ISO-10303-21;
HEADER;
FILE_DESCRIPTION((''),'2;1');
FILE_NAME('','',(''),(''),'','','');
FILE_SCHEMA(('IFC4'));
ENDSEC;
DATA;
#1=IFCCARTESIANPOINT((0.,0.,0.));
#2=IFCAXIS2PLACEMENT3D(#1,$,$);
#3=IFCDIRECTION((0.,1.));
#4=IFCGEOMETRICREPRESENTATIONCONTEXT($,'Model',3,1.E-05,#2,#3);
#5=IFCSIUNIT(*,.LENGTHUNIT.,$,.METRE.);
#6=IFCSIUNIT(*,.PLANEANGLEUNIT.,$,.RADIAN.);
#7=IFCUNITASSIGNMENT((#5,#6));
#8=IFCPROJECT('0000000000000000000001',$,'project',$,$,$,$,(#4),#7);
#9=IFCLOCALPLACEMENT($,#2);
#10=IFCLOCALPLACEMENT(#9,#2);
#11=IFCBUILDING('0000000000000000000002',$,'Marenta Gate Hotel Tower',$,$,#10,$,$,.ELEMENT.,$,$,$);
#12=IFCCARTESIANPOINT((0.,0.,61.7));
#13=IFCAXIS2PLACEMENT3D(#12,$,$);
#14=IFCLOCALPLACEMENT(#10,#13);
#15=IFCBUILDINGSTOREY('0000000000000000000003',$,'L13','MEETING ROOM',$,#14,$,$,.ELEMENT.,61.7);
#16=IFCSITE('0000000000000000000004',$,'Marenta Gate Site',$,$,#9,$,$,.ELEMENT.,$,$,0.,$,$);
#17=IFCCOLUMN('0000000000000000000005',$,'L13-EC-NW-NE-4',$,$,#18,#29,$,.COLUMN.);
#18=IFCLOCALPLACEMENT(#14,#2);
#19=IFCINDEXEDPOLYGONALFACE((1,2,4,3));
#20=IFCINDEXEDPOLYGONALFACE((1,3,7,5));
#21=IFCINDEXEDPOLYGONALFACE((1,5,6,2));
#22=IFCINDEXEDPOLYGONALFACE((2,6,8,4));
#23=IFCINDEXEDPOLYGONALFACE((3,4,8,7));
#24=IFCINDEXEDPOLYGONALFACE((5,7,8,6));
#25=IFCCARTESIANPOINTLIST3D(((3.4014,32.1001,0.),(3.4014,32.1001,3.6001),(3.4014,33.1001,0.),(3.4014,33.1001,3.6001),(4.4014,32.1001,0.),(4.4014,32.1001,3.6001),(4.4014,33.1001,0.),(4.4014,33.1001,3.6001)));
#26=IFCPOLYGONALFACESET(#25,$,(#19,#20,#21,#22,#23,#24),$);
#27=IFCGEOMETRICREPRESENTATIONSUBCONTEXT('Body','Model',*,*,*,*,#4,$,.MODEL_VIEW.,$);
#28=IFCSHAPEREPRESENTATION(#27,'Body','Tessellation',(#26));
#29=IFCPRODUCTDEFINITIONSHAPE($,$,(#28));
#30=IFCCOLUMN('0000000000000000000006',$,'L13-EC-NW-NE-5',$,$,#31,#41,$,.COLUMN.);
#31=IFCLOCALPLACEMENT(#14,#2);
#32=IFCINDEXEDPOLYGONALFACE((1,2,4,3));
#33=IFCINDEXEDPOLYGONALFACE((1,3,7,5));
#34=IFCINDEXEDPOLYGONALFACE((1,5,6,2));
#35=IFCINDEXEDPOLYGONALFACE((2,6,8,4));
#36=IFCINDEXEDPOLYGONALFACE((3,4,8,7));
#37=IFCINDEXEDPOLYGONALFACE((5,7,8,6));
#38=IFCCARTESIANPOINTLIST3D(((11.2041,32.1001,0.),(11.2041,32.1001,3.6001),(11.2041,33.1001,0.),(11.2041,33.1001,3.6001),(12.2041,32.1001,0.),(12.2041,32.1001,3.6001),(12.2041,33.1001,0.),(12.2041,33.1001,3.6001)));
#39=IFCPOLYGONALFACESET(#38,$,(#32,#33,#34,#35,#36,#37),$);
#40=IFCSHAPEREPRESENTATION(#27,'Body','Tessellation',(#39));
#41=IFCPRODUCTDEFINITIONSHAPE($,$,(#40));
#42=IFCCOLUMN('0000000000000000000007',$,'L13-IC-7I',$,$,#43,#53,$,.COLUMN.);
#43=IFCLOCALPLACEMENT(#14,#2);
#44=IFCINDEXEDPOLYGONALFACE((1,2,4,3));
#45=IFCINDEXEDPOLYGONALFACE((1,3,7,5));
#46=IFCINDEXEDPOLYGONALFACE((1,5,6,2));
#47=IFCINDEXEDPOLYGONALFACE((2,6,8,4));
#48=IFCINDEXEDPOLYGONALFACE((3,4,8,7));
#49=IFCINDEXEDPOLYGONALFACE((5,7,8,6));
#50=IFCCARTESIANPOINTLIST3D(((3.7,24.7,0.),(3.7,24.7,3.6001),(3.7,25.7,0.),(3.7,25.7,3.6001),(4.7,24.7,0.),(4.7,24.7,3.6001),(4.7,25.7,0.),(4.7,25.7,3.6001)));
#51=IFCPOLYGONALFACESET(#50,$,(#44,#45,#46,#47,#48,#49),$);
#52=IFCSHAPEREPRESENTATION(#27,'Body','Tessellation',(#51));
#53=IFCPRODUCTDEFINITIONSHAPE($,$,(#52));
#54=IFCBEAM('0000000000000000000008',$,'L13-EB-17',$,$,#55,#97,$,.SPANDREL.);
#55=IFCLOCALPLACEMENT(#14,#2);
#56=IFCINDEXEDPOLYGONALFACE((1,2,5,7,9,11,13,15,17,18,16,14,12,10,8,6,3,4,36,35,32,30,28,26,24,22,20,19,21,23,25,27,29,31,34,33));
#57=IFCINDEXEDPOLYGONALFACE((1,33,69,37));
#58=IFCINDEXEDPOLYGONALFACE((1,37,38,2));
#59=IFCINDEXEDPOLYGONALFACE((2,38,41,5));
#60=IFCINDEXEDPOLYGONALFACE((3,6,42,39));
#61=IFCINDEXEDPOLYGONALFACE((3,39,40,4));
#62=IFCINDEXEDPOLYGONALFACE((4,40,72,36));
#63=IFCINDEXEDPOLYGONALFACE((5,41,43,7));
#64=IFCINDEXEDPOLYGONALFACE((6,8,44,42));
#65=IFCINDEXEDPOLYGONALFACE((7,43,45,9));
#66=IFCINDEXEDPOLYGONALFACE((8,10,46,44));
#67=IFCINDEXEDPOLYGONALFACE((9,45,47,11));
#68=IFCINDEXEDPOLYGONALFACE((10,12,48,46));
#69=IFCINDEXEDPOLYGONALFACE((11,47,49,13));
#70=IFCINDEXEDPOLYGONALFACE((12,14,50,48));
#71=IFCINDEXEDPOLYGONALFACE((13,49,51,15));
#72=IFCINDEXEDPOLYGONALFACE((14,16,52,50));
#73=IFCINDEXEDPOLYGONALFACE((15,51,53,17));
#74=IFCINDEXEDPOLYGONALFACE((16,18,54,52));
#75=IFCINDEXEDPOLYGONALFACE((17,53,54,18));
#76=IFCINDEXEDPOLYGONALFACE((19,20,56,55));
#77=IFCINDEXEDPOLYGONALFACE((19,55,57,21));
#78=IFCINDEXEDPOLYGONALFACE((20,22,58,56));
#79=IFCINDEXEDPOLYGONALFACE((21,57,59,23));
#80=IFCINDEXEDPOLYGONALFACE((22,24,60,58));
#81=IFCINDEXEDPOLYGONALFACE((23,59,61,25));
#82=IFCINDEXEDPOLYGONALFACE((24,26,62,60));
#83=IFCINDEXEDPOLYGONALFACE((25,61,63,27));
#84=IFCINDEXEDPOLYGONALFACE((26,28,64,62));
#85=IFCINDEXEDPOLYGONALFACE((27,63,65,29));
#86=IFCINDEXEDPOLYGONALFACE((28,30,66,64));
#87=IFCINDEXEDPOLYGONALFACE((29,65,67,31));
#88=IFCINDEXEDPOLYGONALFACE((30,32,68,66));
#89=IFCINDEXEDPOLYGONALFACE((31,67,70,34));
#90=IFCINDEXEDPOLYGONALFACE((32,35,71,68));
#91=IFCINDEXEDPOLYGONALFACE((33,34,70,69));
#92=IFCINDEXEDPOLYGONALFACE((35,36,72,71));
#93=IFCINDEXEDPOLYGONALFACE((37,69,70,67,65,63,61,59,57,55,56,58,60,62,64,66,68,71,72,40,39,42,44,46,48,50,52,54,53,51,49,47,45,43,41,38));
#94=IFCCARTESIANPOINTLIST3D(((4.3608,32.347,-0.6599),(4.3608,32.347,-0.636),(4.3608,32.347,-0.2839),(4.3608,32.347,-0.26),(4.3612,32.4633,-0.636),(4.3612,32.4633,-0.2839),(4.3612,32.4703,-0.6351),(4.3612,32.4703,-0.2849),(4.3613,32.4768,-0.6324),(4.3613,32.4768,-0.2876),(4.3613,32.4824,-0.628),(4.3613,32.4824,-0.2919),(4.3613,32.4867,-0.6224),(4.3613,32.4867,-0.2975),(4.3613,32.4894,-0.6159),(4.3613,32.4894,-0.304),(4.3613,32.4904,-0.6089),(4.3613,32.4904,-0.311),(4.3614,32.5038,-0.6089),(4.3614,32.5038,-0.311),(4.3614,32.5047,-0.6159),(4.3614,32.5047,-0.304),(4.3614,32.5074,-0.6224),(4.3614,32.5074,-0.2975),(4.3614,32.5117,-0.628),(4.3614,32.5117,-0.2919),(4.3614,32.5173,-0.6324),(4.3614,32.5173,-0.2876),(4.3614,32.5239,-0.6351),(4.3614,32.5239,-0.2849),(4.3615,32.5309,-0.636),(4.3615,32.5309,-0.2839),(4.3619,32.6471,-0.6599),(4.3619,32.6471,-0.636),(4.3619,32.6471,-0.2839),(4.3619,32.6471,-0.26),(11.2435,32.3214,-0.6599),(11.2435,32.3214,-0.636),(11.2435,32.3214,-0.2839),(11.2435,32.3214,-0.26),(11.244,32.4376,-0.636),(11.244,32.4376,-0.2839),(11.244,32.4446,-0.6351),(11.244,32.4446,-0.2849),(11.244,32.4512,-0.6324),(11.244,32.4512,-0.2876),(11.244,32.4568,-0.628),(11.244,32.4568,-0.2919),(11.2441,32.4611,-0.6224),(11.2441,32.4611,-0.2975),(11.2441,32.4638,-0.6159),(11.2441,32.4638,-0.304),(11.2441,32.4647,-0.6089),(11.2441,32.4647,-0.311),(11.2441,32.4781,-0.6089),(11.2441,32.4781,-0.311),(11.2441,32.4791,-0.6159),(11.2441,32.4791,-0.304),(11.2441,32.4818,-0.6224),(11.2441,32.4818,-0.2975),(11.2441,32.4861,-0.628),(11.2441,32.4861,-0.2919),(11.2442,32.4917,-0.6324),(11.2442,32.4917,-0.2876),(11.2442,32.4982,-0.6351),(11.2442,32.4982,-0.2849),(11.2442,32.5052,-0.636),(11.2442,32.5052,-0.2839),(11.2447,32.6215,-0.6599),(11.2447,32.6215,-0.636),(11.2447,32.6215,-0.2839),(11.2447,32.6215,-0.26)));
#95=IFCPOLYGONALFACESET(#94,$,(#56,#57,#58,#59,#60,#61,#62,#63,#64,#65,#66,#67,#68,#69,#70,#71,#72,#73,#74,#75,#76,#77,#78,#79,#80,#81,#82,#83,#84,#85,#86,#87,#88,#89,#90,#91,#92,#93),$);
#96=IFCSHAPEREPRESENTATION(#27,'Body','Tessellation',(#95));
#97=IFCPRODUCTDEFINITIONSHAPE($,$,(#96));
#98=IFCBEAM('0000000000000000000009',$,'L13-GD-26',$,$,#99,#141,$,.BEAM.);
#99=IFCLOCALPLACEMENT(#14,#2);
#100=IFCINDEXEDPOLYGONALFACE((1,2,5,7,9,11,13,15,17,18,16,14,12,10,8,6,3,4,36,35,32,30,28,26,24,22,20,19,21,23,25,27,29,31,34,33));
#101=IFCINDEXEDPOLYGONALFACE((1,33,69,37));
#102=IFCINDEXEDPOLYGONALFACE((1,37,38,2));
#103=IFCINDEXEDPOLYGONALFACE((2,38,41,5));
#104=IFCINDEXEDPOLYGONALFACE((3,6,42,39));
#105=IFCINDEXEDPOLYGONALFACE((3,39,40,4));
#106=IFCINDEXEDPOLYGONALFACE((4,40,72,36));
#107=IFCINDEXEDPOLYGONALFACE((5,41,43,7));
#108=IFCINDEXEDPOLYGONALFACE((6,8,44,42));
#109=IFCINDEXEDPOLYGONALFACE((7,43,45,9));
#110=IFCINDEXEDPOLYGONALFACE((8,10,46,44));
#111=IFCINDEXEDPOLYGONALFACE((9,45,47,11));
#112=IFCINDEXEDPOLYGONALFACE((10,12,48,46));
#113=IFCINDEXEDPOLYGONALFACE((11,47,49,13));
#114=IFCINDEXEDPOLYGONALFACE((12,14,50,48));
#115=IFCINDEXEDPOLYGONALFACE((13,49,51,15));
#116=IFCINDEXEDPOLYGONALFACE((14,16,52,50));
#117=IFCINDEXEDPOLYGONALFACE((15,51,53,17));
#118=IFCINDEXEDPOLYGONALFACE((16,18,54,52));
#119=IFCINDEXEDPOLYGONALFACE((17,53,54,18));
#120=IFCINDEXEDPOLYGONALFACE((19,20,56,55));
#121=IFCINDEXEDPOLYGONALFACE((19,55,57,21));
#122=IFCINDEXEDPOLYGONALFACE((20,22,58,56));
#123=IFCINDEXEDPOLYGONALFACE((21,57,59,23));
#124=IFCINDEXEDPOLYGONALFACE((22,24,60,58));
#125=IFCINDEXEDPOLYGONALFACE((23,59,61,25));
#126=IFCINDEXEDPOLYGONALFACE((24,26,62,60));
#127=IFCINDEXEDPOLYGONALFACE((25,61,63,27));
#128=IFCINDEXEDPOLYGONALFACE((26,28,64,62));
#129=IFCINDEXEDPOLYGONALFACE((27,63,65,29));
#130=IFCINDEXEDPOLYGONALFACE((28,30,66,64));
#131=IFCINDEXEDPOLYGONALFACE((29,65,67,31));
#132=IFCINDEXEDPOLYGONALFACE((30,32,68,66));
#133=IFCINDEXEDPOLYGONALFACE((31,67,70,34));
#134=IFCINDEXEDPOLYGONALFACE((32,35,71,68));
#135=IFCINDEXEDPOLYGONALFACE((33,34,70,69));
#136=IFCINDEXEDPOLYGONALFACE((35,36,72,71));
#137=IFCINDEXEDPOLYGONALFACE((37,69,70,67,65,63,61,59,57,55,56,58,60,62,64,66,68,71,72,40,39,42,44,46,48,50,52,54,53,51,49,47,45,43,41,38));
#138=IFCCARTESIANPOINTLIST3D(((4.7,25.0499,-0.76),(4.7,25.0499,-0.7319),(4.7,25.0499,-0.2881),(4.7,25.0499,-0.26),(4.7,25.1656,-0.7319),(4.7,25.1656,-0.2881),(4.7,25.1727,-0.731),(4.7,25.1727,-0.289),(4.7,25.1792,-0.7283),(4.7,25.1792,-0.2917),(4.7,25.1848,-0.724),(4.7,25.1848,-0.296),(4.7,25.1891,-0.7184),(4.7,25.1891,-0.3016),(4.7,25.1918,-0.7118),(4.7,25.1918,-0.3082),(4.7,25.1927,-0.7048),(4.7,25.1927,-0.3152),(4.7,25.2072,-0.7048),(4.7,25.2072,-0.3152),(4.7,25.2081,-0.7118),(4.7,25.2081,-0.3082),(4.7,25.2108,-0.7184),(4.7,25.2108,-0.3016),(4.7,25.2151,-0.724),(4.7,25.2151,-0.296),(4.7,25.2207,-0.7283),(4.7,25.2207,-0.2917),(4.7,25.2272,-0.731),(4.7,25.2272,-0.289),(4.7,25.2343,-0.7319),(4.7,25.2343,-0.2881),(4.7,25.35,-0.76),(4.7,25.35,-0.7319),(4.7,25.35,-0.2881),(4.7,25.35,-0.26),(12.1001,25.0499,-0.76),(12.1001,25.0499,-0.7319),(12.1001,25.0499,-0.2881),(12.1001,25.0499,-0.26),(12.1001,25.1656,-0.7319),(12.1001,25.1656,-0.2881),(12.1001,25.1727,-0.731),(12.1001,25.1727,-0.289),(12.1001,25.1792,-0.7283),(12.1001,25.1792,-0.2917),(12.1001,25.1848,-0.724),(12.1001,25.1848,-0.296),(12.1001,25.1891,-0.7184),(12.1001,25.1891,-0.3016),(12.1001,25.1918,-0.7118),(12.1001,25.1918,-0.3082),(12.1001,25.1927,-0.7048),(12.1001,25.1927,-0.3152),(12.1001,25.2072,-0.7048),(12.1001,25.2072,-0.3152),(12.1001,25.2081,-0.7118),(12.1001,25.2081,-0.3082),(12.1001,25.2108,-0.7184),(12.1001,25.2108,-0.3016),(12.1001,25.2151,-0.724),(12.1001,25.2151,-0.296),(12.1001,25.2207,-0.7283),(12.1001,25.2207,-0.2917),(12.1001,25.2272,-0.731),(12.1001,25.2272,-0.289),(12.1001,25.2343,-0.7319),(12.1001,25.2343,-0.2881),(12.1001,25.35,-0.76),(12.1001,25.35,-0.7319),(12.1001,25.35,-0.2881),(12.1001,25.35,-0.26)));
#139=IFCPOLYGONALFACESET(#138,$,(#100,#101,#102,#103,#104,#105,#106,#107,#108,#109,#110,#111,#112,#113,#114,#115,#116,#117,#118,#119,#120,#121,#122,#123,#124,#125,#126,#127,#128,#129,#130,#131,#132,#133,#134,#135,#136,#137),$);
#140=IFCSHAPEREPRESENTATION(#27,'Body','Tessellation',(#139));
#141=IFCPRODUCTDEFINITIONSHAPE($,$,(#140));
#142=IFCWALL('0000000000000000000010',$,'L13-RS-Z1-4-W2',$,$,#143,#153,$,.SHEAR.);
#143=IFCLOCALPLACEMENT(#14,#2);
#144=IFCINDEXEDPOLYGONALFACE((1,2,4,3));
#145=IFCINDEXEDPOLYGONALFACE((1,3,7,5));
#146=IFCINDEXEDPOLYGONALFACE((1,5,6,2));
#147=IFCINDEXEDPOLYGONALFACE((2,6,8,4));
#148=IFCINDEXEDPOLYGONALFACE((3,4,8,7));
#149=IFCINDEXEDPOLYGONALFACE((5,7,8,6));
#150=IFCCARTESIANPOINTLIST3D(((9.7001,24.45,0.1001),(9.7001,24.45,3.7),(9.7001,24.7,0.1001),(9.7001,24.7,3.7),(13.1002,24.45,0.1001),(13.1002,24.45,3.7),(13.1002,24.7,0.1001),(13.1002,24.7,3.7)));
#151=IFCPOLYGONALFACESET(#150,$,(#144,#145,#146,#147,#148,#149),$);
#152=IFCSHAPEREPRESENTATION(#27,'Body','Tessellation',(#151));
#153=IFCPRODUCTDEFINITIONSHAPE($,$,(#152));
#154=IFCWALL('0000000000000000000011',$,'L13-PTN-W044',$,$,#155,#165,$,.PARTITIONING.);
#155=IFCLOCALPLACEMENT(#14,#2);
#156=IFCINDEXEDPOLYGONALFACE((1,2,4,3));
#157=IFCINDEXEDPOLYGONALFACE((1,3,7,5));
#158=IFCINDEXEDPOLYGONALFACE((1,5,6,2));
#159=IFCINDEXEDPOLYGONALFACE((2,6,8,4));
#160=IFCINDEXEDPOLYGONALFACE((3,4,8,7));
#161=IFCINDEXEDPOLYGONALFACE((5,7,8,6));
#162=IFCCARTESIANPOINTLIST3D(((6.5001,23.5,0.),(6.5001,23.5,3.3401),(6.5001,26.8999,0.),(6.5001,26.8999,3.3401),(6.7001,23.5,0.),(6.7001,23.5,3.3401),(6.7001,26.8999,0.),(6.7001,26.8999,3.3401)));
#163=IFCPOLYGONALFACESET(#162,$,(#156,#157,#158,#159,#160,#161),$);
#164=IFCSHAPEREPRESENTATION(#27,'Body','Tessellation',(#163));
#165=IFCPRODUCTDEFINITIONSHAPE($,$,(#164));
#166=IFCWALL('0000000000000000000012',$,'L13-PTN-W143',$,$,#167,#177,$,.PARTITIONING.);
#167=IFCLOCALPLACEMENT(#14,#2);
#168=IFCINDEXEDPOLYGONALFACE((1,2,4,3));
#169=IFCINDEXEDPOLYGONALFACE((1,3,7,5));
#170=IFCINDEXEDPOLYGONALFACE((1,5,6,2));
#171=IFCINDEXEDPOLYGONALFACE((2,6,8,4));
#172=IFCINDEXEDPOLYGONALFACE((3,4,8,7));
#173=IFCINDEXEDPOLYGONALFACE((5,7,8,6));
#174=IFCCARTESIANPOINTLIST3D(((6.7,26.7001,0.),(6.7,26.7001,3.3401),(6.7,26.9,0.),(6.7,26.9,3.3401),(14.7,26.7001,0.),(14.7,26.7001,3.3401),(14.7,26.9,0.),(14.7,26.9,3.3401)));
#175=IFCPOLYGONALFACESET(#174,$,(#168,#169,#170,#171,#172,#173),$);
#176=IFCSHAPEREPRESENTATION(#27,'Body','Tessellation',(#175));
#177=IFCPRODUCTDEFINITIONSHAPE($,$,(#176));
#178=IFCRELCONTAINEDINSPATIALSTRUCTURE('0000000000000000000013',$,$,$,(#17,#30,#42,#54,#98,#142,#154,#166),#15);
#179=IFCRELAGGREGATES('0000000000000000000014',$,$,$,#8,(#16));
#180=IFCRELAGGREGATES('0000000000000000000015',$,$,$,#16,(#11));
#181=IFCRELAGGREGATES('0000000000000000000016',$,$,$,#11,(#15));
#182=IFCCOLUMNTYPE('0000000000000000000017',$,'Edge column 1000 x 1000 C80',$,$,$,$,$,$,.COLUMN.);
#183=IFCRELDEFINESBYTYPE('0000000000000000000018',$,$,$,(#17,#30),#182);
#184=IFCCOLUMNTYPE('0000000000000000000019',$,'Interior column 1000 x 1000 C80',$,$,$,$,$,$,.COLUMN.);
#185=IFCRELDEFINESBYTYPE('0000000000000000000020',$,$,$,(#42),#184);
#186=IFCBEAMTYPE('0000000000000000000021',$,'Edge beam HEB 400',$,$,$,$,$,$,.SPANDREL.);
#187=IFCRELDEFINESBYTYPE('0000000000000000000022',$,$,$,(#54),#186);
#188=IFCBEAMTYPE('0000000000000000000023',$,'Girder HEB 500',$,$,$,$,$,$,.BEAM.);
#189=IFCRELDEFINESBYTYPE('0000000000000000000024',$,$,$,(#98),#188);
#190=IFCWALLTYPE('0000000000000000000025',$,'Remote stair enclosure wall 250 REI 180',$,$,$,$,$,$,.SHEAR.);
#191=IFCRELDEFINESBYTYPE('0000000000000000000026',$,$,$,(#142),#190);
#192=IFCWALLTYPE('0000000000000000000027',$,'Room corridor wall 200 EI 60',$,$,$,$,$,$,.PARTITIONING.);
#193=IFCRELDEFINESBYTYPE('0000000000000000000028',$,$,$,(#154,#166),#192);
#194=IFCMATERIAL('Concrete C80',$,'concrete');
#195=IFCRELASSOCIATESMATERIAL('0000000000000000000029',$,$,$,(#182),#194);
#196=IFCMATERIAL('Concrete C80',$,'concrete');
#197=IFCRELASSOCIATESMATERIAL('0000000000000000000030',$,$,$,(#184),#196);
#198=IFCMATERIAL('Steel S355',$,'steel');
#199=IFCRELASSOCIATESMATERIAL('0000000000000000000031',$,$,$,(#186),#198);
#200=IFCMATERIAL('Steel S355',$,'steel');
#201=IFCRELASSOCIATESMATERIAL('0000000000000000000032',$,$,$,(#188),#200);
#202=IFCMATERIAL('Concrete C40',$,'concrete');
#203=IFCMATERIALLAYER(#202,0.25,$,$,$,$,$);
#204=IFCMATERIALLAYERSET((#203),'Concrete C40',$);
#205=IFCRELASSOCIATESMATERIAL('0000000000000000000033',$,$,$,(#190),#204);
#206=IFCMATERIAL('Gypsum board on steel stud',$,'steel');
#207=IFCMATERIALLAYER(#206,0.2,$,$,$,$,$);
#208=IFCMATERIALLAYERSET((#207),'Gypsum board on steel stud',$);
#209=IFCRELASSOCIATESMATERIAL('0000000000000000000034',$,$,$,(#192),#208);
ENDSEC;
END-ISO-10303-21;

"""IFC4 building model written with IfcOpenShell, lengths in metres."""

from ifc_helpers import new_model, si_unit, direction, frame, frame_2d, origin, origin_2d, place, context, subcontext, project, spatial, rectangle, i_section, extrude, material, layer, layer_set, material_profile, profile_set, type_object, element, save


model = new_model("IFC4")

# Units and contexts
model_context = context("Model", 3, precision=1e-05, world=origin(), true_north=direction((0.0, 1.0)))
body_context = subcontext(model_context, "Body", "Model", "MODEL_VIEW")
ifc_project = project(units=[si_unit("LENGTHUNIT", "METRE"), si_unit("PLANEANGLEUNIT", "RADIAN")], contexts=[model_context])

# Site, building, storey
site_placement = place(None, origin())
site = spatial("IfcSite", under=ifc_project, at=site_placement, Name="Marenta Gate Site", CompositionType="ELEMENT", RefElevation=0.0)
building_placement = place(site_placement, origin())
building = spatial("IfcBuilding", under=site, at=building_placement, Name="Marenta Gate Hotel Tower", CompositionType="ELEMENT")
storey_placement = place(building_placement, frame((0.0, 0.0, 61.7)))
storey = spatial("IfcBuildingStorey", under=building, at=storey_placement, Name="L13", Description="MEETING ROOM", CompositionType="ELEMENT", Elevation=61.7)

# Columns
ifc_material_1 = material(Name="Concrete C80", Category="concrete")
ifc_material_profile_1 = material_profile(ifc_material_1, rectangle(XDim=1.0, YDim=1.0, at=origin_2d()), Name="1000 x 1000")
ifc_profile_set_1 = profile_set([ifc_material_profile_1], Name="Concrete C80")
column_type_1 = type_object("IfcColumnType", Name="Edge column 1000 x 1000 C80", PredefinedType="COLUMN", material=ifc_profile_set_1)
for number, where, z_axis, x_axis, name in (
    (1, (3.9014, 32.6001, 0.0), (0.0, 0.0, 1.0), (1.0, 0.0, 0.0), "L13-EC-NW-NE-4"),
    (2, (11.7041, 32.6001, 0.0), (0.0, 0.0, 1.0), (1.0, 0.0, 0.0), "L13-EC-NW-NE-5"),
):
    element("IfcColumn", number, at=place(storey_placement, frame(where, z_axis=z_axis, x_axis=x_axis)), inside=storey, type_object=column_type_1, Name=name, PredefinedType="COLUMN", context=body_context, shape_type="SweptSolid", body=[
        extrude(rectangle(XDim=1.0, YDim=1.0, at=origin_2d()), origin(), (0.0, 0.0, 1.0), 3.6001),
    ])
ifc_material_2 = material(Name="Concrete C80", Category="concrete")
ifc_material_profile_2 = material_profile(ifc_material_2, rectangle(XDim=1.0, YDim=1.0, at=origin_2d()), Name="1000 x 1000")
ifc_profile_set_2 = profile_set([ifc_material_profile_2], Name="Concrete C80")
column_type_2 = type_object("IfcColumnType", Name="Interior column 1000 x 1000 C80", PredefinedType="COLUMN", material=ifc_profile_set_2)
column_placement = place(storey_placement, frame((4.2, 25.2, 0.0), z_axis=(0.0, 0.0, 1.0), x_axis=(1.0, 0.0, 0.0)))
element("IfcColumn", 3, at=column_placement, inside=storey, type_object=column_type_2, Name="L13-IC-7I", PredefinedType="COLUMN", context=body_context, shape_type="SweptSolid", body=[
    extrude(rectangle(XDim=1.0, YDim=1.0, at=origin_2d()), origin(), (0.0, 0.0, 1.0), 3.6001),
])

# Beams
ifc_material_3 = material(Name="Steel S355", Category="steel")
ifc_material_profile_3 = material_profile(ifc_material_3, i_section(OverallWidth=0.3, OverallDepth=0.3999, WebThickness=0.0134, FlangeThickness=0.0239, FilletRadius=0.0271, at=origin_2d()), Name="HEB 400")
ifc_profile_set_3 = profile_set([ifc_material_profile_3], Name="Steel S355")
beam_type_1 = type_object("IfcBeamType", Name="Edge beam HEB 400", PredefinedType="SPANDREL", material=ifc_profile_set_3)
beam_1_placement = place(storey_placement, frame((4.3613, 32.4971, -0.46), z_axis=(0.999993, -0.003724, 0.0), x_axis=(0.003724, 0.999993, 0.0)))
element("IfcBeam", 4, at=beam_1_placement, inside=storey, type_object=beam_type_1, Name="L13-EB-17", PredefinedType="SPANDREL", context=body_context, shape_type="SweptSolid", body=[
    extrude(i_section(OverallWidth=0.3, OverallDepth=0.3999, WebThickness=0.0134, FlangeThickness=0.0239, FilletRadius=0.0271, at=origin_2d()), origin(), (0.0, 0.0, 1.0), 6.8828),
])
ifc_material_4 = material(Name="Steel S355", Category="steel")
ifc_material_profile_4 = material_profile(ifc_material_4, i_section(OverallWidth=0.3, OverallDepth=0.5, WebThickness=0.0144, FlangeThickness=0.0281, FilletRadius=0.0271, at=origin_2d()), Name="HEB 500")
ifc_profile_set_4 = profile_set([ifc_material_profile_4], Name="Steel S355")
beam_type_2 = type_object("IfcBeamType", Name="Girder HEB 500", PredefinedType="BEAM", material=ifc_profile_set_4)
beam_2_placement = place(storey_placement, frame((4.7, 25.2, -0.51), z_axis=(1.0, 0.0, 0.0), x_axis=(0.0, 1.0, 0.0)))
element("IfcBeam", 5, at=beam_2_placement, inside=storey, type_object=beam_type_2, Name="L13-GD-26", PredefinedType="BEAM", context=body_context, shape_type="SweptSolid", body=[
    extrude(i_section(OverallWidth=0.3, OverallDepth=0.5, WebThickness=0.0144, FlangeThickness=0.0281, FilletRadius=0.0271, at=origin_2d()), origin(), (0.0, 0.0, 1.0), 7.4001),
])

# Walls
ifc_material_5 = material(Name="Concrete C40", Category="concrete")
ifc_layer_1 = layer(ifc_material_5, 0.25)
ifc_layer_set_1 = layer_set([ifc_layer_1], Name="Concrete C40")
wall_type_1 = type_object("IfcWallType", Name="Remote stair enclosure wall 250 REI 180", PredefinedType="SHEAR", material=ifc_layer_set_1)
wall_1_placement = place(storey_placement, frame((9.7, 24.575, 0.1001), z_axis=(0.0, 0.0, 1.0), x_axis=(1.0, 0.0, 0.0)))
element("IfcWall", 6, at=wall_1_placement, inside=storey, type_object=wall_type_1, Name="L13-RS-Z1-4-W2", PredefinedType="SHEAR", context=body_context, shape_type="SweptSolid", body=[
    extrude(rectangle(XDim=3.4001, YDim=0.25, at=frame_2d((1.7002, 0.0))), origin(), (0.0, 0.0, 1.0), 3.5999),
])
ifc_material_6 = material(Name="Gypsum board on steel stud", Category="steel")
ifc_layer_2 = layer(ifc_material_6, 0.2)
ifc_layer_set_2 = layer_set([ifc_layer_2], Name="Gypsum board on steel stud")
wall_type_2 = type_object("IfcWallType", Name="Room corridor wall 200 EI 60", PredefinedType="PARTITIONING", material=ifc_layer_set_2)
wall_2_placement = place(storey_placement, frame((6.6001, 23.5, 0.0), z_axis=(0.0, 0.0, 1.0), x_axis=(0.0, 1.0, 0.0)))
element("IfcWall", 7, at=wall_2_placement, inside=storey, type_object=wall_type_2, Name="L13-PTN-W044", PredefinedType="PARTITIONING", context=body_context, shape_type="SweptSolid", body=[
    extrude(rectangle(XDim=3.3999, YDim=0.2, at=frame_2d((1.7, 0.0))), origin(), (0.0, 0.0, 1.0), 3.3401),
])
wall_3_placement = place(storey_placement, frame((6.7, 26.8, 0.0), z_axis=(0.0, 0.0, 1.0), x_axis=(1.0, 0.0, 0.0)))
element("IfcWall", 8, at=wall_3_placement, inside=storey, type_object=wall_type_2, Name="L13-PTN-W143", PredefinedType="PARTITIONING", context=body_context, shape_type="SweptSolid", body=[
    extrude(rectangle(XDim=8.0, YDim=0.2, at=frame_2d((4.0, 0.0))), origin(), (0.0, 0.0, 1.0), 3.3401),
])

save(model, "model.ifc")
